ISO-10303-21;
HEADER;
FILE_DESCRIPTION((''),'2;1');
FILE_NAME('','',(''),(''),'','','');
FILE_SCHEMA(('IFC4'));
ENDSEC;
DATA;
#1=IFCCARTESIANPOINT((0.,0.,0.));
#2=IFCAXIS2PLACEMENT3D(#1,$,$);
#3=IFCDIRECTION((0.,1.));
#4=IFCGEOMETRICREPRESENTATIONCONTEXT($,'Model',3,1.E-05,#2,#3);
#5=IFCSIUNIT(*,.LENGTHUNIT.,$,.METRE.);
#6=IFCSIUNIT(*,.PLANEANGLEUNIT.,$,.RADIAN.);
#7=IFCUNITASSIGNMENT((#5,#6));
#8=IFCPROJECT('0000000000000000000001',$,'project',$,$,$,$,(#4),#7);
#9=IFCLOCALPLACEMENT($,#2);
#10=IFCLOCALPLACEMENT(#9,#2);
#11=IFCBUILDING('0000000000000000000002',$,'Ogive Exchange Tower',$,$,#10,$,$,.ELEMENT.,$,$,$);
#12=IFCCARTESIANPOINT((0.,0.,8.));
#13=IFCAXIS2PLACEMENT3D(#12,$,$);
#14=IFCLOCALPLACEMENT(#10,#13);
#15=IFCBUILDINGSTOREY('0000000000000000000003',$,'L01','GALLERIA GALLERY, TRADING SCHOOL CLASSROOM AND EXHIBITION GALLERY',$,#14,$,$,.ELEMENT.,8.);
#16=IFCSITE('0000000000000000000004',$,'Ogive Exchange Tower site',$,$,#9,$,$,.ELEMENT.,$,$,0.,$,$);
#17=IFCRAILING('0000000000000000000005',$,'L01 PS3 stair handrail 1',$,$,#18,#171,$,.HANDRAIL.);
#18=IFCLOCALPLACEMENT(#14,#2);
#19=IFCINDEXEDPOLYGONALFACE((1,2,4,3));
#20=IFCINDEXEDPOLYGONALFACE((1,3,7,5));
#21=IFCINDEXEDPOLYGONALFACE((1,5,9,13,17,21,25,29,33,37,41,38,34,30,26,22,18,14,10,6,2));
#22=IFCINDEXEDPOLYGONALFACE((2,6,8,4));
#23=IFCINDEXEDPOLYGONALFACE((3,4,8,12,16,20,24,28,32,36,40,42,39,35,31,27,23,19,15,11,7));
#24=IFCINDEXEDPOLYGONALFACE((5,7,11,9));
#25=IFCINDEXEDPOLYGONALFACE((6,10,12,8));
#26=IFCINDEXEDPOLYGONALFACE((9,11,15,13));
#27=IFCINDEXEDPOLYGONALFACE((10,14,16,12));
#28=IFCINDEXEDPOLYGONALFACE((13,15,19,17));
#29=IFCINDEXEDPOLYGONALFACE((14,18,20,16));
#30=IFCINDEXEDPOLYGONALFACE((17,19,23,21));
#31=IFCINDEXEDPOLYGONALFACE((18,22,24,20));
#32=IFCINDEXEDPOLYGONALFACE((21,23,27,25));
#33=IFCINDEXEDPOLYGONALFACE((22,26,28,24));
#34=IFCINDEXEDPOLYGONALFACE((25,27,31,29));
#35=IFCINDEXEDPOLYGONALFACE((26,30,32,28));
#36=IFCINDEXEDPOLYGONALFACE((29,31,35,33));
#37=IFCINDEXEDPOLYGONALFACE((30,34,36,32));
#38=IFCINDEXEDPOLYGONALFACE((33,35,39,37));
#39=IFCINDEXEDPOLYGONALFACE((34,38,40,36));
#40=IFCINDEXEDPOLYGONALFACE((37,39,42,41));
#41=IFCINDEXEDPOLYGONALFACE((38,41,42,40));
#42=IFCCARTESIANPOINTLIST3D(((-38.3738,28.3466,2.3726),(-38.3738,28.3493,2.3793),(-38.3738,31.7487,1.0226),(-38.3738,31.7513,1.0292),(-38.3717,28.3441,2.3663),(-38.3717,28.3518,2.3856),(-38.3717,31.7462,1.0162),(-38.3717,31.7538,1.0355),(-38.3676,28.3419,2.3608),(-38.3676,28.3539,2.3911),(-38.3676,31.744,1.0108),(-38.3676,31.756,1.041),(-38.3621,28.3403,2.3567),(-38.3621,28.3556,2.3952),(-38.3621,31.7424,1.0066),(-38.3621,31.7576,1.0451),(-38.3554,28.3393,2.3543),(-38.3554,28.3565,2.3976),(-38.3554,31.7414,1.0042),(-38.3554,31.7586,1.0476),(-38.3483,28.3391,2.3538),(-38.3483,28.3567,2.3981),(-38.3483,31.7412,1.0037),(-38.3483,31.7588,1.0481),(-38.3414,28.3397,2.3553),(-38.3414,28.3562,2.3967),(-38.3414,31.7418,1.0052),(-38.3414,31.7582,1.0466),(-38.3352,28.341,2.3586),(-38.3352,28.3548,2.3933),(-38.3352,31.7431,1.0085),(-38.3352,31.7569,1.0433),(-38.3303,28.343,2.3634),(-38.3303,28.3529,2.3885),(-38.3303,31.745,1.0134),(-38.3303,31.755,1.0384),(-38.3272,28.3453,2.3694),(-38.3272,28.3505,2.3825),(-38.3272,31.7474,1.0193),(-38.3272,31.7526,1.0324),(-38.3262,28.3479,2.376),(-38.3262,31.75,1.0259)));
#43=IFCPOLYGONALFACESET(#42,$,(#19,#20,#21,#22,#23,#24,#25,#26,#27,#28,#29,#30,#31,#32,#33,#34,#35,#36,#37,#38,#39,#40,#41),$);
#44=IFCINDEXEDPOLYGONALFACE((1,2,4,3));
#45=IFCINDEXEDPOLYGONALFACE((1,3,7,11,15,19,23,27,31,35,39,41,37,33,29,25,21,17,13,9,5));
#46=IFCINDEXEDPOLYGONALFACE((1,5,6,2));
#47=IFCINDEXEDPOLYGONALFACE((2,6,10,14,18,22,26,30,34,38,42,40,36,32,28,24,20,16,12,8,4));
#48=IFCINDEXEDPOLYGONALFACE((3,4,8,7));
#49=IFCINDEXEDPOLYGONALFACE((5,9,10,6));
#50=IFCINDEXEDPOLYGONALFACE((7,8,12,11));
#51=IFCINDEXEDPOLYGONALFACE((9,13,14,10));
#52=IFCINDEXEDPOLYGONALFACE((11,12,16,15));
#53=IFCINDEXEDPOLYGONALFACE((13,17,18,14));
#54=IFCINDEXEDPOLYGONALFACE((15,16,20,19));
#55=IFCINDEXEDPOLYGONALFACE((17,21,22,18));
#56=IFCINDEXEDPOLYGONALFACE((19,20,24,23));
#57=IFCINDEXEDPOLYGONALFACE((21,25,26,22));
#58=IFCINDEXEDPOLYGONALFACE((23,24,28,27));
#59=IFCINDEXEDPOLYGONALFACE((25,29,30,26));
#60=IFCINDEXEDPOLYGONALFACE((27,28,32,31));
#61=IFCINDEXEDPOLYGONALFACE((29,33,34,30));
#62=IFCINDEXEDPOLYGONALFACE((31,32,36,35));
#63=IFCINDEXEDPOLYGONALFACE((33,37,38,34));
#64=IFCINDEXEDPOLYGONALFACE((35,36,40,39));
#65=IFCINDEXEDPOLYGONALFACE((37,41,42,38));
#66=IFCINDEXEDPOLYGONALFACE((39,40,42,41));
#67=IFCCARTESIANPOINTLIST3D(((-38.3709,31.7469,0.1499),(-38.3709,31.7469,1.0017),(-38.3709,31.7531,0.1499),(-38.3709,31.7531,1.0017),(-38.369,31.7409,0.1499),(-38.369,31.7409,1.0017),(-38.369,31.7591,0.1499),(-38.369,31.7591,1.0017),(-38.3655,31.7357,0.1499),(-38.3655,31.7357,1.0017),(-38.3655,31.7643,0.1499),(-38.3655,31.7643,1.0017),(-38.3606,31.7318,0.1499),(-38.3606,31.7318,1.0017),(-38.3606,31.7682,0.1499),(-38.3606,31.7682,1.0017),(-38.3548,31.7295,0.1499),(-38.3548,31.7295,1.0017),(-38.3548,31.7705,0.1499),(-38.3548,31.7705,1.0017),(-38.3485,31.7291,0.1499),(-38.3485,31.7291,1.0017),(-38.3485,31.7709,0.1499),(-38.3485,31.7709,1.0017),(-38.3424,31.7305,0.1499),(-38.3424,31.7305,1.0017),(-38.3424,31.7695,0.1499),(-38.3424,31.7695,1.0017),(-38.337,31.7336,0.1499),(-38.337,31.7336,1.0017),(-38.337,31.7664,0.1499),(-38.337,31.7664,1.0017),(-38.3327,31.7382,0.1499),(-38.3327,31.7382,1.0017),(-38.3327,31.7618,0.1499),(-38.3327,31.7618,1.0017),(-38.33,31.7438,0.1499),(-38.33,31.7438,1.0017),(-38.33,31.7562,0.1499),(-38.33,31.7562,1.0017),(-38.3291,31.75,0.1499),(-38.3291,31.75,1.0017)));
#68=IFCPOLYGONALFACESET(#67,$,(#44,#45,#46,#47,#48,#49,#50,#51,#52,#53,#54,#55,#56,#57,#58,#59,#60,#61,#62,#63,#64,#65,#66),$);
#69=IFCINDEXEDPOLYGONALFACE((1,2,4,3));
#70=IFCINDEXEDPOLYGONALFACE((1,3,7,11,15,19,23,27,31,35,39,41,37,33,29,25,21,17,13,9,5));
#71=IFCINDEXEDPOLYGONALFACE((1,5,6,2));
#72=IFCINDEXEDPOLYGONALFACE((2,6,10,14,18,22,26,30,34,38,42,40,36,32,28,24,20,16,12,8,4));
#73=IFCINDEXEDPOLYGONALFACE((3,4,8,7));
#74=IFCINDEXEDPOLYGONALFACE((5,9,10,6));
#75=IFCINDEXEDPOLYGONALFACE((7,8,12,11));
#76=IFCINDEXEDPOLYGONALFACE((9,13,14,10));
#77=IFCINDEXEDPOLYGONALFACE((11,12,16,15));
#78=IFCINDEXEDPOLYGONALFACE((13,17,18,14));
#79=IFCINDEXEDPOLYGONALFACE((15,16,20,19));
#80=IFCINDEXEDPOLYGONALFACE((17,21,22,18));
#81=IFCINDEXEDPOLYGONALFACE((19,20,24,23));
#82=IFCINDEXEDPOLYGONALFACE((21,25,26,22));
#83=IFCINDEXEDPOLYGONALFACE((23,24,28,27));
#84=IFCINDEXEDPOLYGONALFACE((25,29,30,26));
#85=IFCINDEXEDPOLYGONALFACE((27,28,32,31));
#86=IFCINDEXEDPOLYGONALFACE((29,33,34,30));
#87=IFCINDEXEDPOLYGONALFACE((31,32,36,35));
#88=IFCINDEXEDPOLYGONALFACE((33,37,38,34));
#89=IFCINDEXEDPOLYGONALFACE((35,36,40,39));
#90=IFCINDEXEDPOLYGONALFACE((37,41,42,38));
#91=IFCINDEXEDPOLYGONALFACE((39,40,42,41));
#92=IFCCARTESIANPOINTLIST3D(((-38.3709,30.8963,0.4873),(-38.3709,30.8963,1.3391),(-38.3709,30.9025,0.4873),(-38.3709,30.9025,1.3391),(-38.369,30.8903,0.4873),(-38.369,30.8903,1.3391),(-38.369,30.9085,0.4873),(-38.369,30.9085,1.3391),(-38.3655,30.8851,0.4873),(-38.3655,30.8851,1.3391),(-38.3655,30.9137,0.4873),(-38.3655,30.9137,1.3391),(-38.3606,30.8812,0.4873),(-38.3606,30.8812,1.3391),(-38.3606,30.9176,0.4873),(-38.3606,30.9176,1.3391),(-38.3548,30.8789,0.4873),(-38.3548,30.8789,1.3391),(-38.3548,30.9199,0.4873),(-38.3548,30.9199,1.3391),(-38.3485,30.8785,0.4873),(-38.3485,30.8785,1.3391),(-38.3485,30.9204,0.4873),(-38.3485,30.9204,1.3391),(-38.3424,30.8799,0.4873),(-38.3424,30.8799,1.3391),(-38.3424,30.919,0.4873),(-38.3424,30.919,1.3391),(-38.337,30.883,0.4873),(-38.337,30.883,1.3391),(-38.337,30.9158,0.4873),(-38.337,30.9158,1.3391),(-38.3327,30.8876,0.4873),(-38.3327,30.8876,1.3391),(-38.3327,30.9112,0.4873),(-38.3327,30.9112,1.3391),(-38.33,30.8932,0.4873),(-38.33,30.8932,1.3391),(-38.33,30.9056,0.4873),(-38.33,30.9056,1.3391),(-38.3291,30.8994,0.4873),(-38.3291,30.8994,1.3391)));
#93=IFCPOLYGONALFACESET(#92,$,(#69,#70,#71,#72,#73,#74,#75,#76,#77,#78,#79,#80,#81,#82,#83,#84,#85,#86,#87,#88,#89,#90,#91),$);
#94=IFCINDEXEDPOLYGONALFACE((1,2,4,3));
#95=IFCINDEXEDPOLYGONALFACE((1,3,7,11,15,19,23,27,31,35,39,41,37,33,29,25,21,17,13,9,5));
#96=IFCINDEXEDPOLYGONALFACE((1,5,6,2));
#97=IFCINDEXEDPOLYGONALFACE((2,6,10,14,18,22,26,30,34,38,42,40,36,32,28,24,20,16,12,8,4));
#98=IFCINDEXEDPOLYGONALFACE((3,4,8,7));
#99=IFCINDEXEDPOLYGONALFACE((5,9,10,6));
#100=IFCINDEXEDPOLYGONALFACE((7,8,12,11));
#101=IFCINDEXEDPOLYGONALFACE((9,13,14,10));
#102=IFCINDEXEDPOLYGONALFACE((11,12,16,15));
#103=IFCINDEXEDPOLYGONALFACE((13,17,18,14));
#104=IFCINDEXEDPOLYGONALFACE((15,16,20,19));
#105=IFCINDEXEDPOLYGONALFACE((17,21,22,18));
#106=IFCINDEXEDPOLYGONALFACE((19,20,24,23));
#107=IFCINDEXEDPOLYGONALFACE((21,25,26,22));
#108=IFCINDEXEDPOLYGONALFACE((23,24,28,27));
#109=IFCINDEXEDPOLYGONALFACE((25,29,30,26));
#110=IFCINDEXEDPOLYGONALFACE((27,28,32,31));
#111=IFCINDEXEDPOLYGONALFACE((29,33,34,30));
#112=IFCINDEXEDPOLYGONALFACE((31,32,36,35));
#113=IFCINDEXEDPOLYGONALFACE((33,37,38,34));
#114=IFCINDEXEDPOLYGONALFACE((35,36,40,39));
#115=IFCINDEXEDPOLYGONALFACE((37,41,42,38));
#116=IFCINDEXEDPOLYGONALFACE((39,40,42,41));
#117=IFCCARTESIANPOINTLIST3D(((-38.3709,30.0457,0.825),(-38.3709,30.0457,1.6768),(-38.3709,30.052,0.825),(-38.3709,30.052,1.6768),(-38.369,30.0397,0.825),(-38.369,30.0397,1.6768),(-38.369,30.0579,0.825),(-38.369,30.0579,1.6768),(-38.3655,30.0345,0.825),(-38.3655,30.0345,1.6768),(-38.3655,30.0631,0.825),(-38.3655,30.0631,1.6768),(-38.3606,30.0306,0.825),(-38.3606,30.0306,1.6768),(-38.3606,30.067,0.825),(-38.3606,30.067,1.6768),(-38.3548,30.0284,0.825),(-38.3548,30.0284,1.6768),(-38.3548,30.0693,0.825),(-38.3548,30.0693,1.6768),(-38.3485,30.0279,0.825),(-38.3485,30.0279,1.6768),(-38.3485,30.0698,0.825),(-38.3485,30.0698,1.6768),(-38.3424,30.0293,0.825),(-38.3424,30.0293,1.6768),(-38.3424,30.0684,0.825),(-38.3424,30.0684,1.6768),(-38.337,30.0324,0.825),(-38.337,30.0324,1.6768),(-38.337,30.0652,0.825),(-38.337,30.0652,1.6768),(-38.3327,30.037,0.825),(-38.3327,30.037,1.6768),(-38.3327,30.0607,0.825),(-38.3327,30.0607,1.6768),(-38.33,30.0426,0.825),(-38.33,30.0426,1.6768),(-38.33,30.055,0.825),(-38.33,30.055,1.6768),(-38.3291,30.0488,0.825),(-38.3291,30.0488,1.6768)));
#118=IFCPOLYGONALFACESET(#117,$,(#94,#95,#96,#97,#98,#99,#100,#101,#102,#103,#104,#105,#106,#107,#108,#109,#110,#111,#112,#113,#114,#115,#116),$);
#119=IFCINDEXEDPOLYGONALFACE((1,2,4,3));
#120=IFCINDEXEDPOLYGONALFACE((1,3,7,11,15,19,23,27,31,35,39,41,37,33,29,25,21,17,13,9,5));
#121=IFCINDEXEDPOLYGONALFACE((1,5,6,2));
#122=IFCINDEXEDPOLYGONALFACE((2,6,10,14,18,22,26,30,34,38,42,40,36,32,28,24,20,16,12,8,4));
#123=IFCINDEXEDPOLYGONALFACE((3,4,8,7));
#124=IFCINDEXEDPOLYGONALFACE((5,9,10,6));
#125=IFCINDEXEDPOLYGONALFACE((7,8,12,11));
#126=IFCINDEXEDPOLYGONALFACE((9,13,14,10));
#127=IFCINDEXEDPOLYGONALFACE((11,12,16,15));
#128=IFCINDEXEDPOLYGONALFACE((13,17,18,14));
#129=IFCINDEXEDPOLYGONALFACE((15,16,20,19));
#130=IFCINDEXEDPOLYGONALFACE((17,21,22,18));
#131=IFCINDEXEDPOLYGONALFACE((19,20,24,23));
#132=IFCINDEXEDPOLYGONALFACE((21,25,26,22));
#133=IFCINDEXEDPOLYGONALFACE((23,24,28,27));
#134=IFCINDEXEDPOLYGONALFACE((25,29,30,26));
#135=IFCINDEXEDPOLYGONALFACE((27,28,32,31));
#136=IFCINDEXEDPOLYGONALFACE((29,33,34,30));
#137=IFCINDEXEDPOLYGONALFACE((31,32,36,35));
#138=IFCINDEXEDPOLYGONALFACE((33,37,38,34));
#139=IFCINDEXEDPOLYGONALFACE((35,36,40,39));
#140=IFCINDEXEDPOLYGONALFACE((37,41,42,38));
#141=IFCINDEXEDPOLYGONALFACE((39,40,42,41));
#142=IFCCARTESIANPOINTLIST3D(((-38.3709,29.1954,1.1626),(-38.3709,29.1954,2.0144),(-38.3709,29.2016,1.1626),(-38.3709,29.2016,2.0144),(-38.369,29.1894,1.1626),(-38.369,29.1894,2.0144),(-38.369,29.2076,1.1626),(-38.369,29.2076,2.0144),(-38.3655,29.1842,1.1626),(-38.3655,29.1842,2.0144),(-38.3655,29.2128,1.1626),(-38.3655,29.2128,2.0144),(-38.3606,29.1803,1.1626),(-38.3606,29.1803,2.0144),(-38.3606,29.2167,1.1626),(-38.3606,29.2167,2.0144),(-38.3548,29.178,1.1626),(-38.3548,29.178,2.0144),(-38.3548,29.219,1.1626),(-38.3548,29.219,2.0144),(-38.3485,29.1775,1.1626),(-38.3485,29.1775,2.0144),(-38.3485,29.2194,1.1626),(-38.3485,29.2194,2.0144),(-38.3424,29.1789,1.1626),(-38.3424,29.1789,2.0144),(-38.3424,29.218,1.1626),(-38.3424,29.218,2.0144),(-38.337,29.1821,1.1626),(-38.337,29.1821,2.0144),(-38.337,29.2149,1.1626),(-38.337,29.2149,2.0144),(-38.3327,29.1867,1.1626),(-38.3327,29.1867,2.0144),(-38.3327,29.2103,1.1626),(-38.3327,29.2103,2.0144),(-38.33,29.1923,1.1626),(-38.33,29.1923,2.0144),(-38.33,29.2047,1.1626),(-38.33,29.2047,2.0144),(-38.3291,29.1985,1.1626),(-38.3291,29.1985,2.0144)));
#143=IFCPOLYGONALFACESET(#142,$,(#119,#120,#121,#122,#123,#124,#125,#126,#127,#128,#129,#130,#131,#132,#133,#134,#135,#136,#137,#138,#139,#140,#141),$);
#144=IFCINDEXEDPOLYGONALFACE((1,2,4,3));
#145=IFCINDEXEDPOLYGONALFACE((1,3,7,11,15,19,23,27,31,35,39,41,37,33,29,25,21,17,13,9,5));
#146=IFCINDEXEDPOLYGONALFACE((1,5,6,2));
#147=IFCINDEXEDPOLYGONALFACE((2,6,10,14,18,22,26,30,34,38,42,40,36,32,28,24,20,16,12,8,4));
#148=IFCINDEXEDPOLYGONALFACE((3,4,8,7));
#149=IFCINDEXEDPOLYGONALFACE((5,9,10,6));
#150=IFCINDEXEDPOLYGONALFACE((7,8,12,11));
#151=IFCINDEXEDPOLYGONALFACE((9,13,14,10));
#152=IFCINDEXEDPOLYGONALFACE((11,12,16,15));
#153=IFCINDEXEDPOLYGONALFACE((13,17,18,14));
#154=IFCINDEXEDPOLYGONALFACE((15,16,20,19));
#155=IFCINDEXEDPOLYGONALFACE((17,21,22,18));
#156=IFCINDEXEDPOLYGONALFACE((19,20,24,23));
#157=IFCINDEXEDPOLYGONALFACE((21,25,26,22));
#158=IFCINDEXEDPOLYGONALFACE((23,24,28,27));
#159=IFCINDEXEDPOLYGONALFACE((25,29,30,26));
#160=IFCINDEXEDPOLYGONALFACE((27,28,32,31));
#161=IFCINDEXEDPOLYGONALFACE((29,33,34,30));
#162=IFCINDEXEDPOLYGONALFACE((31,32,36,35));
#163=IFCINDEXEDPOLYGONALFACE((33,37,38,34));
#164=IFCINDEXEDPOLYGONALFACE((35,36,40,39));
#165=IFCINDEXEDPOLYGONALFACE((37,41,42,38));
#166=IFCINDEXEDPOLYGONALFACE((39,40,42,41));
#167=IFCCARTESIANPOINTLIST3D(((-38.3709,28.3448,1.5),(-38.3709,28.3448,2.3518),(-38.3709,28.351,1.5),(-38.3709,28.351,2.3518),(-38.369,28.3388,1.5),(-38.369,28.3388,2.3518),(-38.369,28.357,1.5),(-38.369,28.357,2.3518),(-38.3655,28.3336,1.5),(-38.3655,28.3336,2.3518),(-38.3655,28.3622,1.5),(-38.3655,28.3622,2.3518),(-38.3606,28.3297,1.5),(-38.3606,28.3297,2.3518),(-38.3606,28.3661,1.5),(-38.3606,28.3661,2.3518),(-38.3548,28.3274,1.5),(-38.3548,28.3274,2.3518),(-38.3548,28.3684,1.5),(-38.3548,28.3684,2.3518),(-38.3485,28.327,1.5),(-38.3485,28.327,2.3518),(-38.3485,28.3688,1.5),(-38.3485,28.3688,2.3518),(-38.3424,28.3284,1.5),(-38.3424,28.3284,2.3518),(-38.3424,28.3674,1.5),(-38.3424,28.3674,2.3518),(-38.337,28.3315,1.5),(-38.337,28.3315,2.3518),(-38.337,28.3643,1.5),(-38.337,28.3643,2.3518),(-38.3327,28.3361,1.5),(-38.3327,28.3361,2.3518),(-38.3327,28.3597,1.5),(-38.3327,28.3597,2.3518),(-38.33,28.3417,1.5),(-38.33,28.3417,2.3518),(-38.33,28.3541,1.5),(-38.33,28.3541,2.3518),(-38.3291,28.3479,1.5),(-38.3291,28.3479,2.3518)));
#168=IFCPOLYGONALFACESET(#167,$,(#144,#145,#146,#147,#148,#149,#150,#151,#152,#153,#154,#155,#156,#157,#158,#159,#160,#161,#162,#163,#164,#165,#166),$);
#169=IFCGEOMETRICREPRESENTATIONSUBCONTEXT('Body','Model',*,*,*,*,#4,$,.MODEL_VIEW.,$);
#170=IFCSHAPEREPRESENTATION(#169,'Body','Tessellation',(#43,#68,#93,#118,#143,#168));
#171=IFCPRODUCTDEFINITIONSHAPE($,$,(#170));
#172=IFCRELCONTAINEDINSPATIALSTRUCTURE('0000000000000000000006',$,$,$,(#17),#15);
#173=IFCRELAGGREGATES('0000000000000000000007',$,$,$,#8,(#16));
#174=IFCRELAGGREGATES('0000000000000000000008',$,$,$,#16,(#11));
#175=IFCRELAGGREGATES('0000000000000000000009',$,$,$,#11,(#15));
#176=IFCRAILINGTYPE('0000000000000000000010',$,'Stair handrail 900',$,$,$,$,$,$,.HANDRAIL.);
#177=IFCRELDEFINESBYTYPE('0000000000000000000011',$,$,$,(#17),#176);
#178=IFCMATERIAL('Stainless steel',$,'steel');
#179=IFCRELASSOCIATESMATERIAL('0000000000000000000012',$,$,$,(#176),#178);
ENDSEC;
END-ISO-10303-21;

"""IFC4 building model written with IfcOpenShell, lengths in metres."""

from ifc_helpers import new_model, si_unit, direction, frame, origin, origin_2d, place, context, subcontext, project, spatial, circle, extrude, material, type_object, element, save


model = new_model("IFC4")

# Units and contexts
model_context = context("Model", 3, precision=1e-05, world=origin(), true_north=direction((0.0, 1.0)))
body_context = subcontext(model_context, "Body", "Model", "MODEL_VIEW")
ifc_project = project(units=[si_unit("LENGTHUNIT", "METRE"), si_unit("PLANEANGLEUNIT", "RADIAN")], contexts=[model_context])

# Site, building, storey
site_placement = place(None, origin())
site = spatial("IfcSite", under=ifc_project, at=site_placement, Name="Ogive Exchange Tower site", CompositionType="ELEMENT", RefElevation=0.0)
building_placement = place(site_placement, origin())
building = spatial("IfcBuilding", under=site, at=building_placement, Name="Ogive Exchange Tower", CompositionType="ELEMENT")
storey_placement = place(building_placement, frame((0.0, 0.0, 8.0)))
storey = spatial("IfcBuildingStorey", under=building, at=storey_placement, Name="L01", Description="GALLERIA GALLERY, TRADING SCHOOL CLASSROOM AND EXHIBITION GALLERY", CompositionType="ELEMENT", Elevation=8.0)

# Railing
ifc_material_1 = material(Name="Stainless steel", Category="steel")
railing_type = type_object("IfcRailingType", Name="Stair handrail 900", PredefinedType="HANDRAIL", material=ifc_material_1)
railing_1_placement = place(storey_placement, frame((-38.3501, 31.75, 0.1499)))
element("IfcRailing", 1, at=railing_1_placement, inside=storey, type_object=railing_type, Name="L01 PS3 stair handrail 1", PredefinedType="HANDRAIL", context=body_context, shape_type="SweptSolid", body=[
    extrude(circle(Radius=0.0239, at=origin_2d()), frame((0.0, 0.0, 0.876), z_axis=(0.0, -0.929485, 0.368859), x_axis=(1.0, 0.0, 0.0)), (0.0, 0.0, 1.0), 3.6602),
    extrude(circle(Radius=0.021, at=origin_2d()), origin(), (0.0, 0.0, 1.0), 0.8518),
    extrude(circle(Radius=0.021, at=origin_2d()), frame((0.0, -0.8506, 0.3374)), (0.0, 0.0, 1.0), 0.8518),
    extrude(circle(Radius=0.021, at=origin_2d()), frame((0.0, -1.7012, 0.675)), (0.0, 0.0, 1.0), 0.8518),
    extrude(circle(Radius=0.021, at=origin_2d()), frame((0.0, -2.5515, 1.0127)), (0.0, 0.0, 1.0), 0.8518),
    extrude(circle(Radius=0.021, at=origin_2d()), frame((0.0, -3.4021, 1.3501)), (0.0, 0.0, 1.0), 0.8518),
])

save(model, "model.ifc")
